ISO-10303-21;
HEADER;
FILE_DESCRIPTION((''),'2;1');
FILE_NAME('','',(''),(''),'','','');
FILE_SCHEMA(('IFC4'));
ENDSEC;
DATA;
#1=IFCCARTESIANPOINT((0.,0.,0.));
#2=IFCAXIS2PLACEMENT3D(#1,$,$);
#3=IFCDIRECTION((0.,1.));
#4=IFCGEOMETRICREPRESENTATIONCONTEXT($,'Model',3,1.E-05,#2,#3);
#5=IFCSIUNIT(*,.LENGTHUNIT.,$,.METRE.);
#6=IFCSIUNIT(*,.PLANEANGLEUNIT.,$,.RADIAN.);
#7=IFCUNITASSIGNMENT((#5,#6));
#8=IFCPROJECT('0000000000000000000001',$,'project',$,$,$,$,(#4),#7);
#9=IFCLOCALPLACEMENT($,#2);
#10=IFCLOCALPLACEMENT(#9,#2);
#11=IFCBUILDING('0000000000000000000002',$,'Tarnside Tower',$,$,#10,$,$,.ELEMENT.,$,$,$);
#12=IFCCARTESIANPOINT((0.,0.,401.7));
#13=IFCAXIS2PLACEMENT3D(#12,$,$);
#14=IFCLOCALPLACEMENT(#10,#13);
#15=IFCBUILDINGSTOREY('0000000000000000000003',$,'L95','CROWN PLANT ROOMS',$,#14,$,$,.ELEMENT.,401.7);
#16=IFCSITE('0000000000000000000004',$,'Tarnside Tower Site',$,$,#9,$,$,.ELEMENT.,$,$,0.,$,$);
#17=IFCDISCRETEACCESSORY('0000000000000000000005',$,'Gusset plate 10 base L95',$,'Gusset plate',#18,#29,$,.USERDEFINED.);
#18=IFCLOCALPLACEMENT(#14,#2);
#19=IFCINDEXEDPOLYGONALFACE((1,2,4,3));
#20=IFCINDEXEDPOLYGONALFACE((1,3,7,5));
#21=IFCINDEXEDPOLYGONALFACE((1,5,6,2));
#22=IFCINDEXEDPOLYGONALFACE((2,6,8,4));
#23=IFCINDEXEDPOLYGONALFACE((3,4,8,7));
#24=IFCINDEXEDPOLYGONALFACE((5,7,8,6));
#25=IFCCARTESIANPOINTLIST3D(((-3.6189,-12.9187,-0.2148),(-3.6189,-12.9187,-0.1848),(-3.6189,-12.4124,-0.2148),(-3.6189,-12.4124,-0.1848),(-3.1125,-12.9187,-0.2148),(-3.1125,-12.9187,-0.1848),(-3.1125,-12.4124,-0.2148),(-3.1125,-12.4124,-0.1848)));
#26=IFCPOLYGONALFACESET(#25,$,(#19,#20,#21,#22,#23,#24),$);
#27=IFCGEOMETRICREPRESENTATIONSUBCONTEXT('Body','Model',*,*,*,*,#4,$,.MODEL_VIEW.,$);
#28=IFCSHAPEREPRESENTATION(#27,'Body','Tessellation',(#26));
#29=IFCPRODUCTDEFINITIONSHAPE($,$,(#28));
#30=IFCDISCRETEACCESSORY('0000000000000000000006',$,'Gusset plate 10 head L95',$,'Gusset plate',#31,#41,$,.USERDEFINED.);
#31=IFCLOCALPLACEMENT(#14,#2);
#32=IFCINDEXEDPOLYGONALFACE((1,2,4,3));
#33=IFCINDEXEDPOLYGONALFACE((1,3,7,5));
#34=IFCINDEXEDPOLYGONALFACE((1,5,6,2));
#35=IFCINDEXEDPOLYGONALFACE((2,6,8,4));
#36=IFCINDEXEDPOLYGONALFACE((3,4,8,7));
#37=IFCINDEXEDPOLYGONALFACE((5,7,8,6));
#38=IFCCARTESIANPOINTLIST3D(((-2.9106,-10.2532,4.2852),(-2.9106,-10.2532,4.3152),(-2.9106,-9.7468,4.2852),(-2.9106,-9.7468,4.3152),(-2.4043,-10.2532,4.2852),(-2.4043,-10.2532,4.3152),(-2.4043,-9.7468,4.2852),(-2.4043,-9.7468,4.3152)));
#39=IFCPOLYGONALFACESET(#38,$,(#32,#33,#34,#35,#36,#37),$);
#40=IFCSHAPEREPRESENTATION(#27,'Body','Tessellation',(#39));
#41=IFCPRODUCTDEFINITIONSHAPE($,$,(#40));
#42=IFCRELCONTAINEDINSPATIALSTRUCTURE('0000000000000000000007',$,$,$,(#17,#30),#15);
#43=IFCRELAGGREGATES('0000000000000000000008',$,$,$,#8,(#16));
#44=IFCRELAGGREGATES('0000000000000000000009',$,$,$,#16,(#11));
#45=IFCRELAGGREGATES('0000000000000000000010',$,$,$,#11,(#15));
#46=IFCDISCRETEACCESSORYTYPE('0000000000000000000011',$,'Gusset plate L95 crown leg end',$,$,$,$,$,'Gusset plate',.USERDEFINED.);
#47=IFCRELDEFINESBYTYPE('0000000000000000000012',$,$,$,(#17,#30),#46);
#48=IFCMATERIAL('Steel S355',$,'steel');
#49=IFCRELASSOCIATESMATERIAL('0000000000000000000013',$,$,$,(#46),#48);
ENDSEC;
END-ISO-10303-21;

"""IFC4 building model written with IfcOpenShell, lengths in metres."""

from ifc_helpers import new_model, si_unit, direction, frame, origin, origin_2d, place, context, subcontext, project, spatial, rectangle, extrude, material, type_object, element, save


model = new_model("IFC4")

# Units and contexts
model_context = context("Model", 3, precision=1e-05, world=origin(), true_north=direction((0.0, 1.0)))
body_context = subcontext(model_context, "Body", "Model", "MODEL_VIEW")
ifc_project = project(units=[si_unit("LENGTHUNIT", "METRE"), si_unit("PLANEANGLEUNIT", "RADIAN")], contexts=[model_context])

# Site, building, storey
site_placement = place(None, origin())
site = spatial("IfcSite", under=ifc_project, at=site_placement, Name="Tarnside Tower Site", CompositionType="ELEMENT", RefElevation=0.0)
building_placement = place(site_placement, origin())
building = spatial("IfcBuilding", under=site, at=building_placement, Name="Tarnside Tower", CompositionType="ELEMENT")
storey_placement = place(building_placement, frame((0.0, 0.0, 401.7)))
storey = spatial("IfcBuildingStorey", under=building, at=storey_placement, Name="L95", Description="CROWN PLANT ROOMS", CompositionType="ELEMENT", Elevation=401.7)

# Shared definitions
ifc_material_1 = material(Name="Steel S355", Category="steel")

# Discrete accessories
discrete_accessory_type = type_object("IfcDiscreteAccessoryType", Name="Gusset plate L95 crown leg end", ElementType="Gusset plate", PredefinedType="USERDEFINED", material=ifc_material_1)
for number, where, z_axis, x_axis, name in (
    (1, (-3.3657, -12.6655, -0.2148), (0.0, 0.0, 1.0), (1.0, 0.0, 0.0), "Gusset plate 10 base L95"),
    (2, (-2.6575, -10.0, 4.2852), (0.0, 0.0, 1.0), (1.0, 0.0, 0.0), "Gusset plate 10 head L95"),
):
    element("IfcDiscreteAccessory", number, at=place(storey_placement, frame(where, z_axis=z_axis, x_axis=x_axis)), inside=storey, type_object=discrete_accessory_type, Name=name, ObjectType="Gusset plate", PredefinedType="USERDEFINED", context=body_context, shape_type="SweptSolid", body=[
        extrude(rectangle(XDim=0.5063, YDim=0.5063, at=origin_2d()), origin(), (0.0, 0.0, 1.0), 0.03),
    ])

save(model, "model.ifc")
